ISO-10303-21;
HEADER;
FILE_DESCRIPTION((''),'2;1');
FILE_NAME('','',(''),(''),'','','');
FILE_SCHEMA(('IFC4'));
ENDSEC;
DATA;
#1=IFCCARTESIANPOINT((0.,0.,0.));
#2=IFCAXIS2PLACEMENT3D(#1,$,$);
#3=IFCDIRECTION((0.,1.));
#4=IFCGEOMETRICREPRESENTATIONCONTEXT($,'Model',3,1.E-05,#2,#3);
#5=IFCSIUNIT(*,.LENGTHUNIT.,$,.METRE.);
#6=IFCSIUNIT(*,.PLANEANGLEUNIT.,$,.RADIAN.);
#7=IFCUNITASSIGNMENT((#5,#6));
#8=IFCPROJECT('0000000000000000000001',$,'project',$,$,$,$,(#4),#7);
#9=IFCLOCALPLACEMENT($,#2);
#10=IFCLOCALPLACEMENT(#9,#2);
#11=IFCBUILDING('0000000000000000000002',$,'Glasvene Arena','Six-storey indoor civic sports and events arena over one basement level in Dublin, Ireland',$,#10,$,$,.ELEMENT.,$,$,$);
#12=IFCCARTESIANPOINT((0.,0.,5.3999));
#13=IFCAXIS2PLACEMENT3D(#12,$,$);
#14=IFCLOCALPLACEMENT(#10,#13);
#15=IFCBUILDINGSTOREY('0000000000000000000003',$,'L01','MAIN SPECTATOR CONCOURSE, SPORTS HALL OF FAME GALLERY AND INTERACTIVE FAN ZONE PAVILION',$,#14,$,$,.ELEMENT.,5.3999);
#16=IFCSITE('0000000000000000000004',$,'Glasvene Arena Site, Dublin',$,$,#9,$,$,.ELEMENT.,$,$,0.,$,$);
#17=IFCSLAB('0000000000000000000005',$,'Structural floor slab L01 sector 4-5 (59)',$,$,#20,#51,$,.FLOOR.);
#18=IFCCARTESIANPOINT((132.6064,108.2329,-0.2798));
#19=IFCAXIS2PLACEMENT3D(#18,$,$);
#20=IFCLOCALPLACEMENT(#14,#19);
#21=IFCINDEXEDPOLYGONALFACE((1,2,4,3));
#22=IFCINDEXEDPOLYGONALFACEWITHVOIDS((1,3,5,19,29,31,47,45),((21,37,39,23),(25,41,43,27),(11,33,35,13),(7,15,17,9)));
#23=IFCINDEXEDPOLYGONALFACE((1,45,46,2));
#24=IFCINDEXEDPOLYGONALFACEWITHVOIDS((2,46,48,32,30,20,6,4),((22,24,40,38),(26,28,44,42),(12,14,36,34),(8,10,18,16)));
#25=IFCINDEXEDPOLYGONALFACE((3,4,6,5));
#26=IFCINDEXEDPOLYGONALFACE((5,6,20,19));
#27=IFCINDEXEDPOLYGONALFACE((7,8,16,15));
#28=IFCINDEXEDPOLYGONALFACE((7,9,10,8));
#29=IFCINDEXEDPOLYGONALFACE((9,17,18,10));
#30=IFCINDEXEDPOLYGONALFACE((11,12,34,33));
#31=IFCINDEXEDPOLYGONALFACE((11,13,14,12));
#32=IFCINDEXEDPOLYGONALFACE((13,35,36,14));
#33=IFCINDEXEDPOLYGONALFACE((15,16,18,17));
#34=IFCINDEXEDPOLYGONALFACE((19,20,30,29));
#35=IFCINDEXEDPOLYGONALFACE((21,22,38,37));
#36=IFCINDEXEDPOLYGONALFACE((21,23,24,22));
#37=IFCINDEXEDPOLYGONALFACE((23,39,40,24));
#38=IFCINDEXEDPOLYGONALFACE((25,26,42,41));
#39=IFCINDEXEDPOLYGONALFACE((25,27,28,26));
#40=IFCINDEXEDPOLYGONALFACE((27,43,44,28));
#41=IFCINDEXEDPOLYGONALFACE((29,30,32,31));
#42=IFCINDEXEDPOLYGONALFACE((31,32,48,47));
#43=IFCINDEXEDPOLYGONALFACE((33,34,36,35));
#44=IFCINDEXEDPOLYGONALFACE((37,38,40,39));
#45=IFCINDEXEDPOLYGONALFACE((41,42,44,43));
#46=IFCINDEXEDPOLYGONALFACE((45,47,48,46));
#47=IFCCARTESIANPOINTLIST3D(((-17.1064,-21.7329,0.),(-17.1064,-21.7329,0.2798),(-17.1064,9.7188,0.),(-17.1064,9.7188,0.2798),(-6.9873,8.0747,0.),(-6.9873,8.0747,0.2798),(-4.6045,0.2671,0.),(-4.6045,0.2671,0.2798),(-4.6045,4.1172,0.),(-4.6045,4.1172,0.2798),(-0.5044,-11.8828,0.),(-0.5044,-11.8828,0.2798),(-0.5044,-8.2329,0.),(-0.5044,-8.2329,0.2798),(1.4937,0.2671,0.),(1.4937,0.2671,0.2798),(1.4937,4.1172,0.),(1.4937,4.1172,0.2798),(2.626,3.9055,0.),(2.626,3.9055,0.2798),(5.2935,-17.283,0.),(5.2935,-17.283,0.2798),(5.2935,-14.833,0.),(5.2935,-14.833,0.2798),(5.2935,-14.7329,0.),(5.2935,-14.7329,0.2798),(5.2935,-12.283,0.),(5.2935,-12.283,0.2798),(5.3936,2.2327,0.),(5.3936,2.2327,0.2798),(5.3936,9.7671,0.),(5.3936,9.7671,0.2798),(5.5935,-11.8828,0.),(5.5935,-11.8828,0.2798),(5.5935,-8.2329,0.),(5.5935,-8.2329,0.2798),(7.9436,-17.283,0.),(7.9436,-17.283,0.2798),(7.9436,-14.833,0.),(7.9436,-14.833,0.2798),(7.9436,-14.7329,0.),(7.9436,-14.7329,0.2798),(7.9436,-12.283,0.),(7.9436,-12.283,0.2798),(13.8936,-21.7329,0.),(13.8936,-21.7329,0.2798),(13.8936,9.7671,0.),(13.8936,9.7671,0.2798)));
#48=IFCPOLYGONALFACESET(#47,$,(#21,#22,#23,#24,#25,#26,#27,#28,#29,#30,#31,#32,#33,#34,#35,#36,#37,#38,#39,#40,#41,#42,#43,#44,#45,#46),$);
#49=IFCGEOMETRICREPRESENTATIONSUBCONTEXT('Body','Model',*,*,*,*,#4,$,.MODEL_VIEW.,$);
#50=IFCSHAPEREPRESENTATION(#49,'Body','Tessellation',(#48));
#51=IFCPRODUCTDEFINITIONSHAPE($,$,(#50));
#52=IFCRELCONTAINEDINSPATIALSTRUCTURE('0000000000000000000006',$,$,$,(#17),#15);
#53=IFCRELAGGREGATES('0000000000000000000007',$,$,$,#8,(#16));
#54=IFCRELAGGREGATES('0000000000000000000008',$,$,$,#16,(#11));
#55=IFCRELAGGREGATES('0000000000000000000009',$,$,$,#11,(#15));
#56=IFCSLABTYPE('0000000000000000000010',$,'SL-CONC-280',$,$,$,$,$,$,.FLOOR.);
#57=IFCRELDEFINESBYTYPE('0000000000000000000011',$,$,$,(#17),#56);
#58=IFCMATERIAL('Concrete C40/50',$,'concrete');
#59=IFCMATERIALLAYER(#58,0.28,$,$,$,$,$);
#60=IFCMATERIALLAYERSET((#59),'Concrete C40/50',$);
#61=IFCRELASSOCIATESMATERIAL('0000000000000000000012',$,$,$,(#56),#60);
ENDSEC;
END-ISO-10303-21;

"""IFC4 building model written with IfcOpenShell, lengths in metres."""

from ifc_helpers import new_model, si_unit, direction, frame, origin, place, context, subcontext, project, spatial, polyline, outline, extrude, material, layer, layer_set, type_object, element, save


model = new_model("IFC4")

# Units and contexts
model_context = context("Model", 3, precision=1e-05, world=origin(), true_north=direction((0.0, 1.0)))
body_context = subcontext(model_context, "Body", "Model", "MODEL_VIEW")
ifc_project = project(units=[si_unit("LENGTHUNIT", "METRE"), si_unit("PLANEANGLEUNIT", "RADIAN")], contexts=[model_context])

# Site, building, storey
site_placement = place(None, origin())
site = spatial("IfcSite", under=ifc_project, at=site_placement, Name="Glasvene Arena Site, Dublin", CompositionType="ELEMENT", RefElevation=0.0)
building_placement = place(site_placement, origin())
building = spatial("IfcBuilding", under=site, at=building_placement, Name="Glasvene Arena", Description="Six-storey indoor civic sports and events arena over one basement level in Dublin, Ireland", CompositionType="ELEMENT")
storey_placement = place(building_placement, frame((0.0, 0.0, 5.3999)))
storey = spatial("IfcBuildingStorey", under=building, at=storey_placement, Name="L01", Description="MAIN SPECTATOR CONCOURSE, SPORTS HALL OF FAME GALLERY AND INTERACTIVE FAN ZONE PAVILION", CompositionType="ELEMENT", Elevation=5.3999)

# Slab
ifc_material_1 = material(Name="Concrete C40/50", Category="concrete")
ifc_layer_1 = layer(ifc_material_1, 0.28)
ifc_layer_set_1 = layer_set([ifc_layer_1], Name="Concrete C40/50")
slab_type = type_object("IfcSlabType", Name="SL-CONC-280", PredefinedType="FLOOR", material=ifc_layer_set_1)
slab_placement = place(storey_placement, frame((132.6064, 108.2329, -0.2798)))
element("IfcSlab", 1, at=slab_placement, inside=storey, type_object=slab_type, Name="Structural floor slab L01 sector 4-5 (59)", PredefinedType="FLOOR", context=body_context, shape_type="SweptSolid", body=[
    extrude(outline(polyline([(2.626, 3.9055), (5.3936, 2.2327), (5.3936, 9.7671), (13.8936, 9.7671), (13.8936, -21.7329), (-17.1064, -21.7329), (-17.1064, 9.7188), (-6.9873, 8.0747), (2.626, 3.9055)]), holes=[polyline([(7.9436, -17.283), (7.9436, -14.833), (5.2935, -14.833), (5.2935, -17.283), (7.9436, -17.283)]), polyline([(7.9436, -14.7329), (7.9436, -12.283), (5.2935, -12.283), (5.2935, -14.7329), (7.9436, -14.7329)]), polyline([(5.5935, -11.8828), (5.5935, -8.2329), (-0.5044, -8.2329), (-0.5044, -11.8828), (5.5935, -11.8828)]), polyline([(1.4937, 0.2671), (1.4937, 4.1172), (-4.6045, 4.1172), (-4.6045, 0.2671), (1.4937, 0.2671)])]), origin(), (0.0, 0.0, 1.0), 0.2798),
])

save(model, "model.ifc")
